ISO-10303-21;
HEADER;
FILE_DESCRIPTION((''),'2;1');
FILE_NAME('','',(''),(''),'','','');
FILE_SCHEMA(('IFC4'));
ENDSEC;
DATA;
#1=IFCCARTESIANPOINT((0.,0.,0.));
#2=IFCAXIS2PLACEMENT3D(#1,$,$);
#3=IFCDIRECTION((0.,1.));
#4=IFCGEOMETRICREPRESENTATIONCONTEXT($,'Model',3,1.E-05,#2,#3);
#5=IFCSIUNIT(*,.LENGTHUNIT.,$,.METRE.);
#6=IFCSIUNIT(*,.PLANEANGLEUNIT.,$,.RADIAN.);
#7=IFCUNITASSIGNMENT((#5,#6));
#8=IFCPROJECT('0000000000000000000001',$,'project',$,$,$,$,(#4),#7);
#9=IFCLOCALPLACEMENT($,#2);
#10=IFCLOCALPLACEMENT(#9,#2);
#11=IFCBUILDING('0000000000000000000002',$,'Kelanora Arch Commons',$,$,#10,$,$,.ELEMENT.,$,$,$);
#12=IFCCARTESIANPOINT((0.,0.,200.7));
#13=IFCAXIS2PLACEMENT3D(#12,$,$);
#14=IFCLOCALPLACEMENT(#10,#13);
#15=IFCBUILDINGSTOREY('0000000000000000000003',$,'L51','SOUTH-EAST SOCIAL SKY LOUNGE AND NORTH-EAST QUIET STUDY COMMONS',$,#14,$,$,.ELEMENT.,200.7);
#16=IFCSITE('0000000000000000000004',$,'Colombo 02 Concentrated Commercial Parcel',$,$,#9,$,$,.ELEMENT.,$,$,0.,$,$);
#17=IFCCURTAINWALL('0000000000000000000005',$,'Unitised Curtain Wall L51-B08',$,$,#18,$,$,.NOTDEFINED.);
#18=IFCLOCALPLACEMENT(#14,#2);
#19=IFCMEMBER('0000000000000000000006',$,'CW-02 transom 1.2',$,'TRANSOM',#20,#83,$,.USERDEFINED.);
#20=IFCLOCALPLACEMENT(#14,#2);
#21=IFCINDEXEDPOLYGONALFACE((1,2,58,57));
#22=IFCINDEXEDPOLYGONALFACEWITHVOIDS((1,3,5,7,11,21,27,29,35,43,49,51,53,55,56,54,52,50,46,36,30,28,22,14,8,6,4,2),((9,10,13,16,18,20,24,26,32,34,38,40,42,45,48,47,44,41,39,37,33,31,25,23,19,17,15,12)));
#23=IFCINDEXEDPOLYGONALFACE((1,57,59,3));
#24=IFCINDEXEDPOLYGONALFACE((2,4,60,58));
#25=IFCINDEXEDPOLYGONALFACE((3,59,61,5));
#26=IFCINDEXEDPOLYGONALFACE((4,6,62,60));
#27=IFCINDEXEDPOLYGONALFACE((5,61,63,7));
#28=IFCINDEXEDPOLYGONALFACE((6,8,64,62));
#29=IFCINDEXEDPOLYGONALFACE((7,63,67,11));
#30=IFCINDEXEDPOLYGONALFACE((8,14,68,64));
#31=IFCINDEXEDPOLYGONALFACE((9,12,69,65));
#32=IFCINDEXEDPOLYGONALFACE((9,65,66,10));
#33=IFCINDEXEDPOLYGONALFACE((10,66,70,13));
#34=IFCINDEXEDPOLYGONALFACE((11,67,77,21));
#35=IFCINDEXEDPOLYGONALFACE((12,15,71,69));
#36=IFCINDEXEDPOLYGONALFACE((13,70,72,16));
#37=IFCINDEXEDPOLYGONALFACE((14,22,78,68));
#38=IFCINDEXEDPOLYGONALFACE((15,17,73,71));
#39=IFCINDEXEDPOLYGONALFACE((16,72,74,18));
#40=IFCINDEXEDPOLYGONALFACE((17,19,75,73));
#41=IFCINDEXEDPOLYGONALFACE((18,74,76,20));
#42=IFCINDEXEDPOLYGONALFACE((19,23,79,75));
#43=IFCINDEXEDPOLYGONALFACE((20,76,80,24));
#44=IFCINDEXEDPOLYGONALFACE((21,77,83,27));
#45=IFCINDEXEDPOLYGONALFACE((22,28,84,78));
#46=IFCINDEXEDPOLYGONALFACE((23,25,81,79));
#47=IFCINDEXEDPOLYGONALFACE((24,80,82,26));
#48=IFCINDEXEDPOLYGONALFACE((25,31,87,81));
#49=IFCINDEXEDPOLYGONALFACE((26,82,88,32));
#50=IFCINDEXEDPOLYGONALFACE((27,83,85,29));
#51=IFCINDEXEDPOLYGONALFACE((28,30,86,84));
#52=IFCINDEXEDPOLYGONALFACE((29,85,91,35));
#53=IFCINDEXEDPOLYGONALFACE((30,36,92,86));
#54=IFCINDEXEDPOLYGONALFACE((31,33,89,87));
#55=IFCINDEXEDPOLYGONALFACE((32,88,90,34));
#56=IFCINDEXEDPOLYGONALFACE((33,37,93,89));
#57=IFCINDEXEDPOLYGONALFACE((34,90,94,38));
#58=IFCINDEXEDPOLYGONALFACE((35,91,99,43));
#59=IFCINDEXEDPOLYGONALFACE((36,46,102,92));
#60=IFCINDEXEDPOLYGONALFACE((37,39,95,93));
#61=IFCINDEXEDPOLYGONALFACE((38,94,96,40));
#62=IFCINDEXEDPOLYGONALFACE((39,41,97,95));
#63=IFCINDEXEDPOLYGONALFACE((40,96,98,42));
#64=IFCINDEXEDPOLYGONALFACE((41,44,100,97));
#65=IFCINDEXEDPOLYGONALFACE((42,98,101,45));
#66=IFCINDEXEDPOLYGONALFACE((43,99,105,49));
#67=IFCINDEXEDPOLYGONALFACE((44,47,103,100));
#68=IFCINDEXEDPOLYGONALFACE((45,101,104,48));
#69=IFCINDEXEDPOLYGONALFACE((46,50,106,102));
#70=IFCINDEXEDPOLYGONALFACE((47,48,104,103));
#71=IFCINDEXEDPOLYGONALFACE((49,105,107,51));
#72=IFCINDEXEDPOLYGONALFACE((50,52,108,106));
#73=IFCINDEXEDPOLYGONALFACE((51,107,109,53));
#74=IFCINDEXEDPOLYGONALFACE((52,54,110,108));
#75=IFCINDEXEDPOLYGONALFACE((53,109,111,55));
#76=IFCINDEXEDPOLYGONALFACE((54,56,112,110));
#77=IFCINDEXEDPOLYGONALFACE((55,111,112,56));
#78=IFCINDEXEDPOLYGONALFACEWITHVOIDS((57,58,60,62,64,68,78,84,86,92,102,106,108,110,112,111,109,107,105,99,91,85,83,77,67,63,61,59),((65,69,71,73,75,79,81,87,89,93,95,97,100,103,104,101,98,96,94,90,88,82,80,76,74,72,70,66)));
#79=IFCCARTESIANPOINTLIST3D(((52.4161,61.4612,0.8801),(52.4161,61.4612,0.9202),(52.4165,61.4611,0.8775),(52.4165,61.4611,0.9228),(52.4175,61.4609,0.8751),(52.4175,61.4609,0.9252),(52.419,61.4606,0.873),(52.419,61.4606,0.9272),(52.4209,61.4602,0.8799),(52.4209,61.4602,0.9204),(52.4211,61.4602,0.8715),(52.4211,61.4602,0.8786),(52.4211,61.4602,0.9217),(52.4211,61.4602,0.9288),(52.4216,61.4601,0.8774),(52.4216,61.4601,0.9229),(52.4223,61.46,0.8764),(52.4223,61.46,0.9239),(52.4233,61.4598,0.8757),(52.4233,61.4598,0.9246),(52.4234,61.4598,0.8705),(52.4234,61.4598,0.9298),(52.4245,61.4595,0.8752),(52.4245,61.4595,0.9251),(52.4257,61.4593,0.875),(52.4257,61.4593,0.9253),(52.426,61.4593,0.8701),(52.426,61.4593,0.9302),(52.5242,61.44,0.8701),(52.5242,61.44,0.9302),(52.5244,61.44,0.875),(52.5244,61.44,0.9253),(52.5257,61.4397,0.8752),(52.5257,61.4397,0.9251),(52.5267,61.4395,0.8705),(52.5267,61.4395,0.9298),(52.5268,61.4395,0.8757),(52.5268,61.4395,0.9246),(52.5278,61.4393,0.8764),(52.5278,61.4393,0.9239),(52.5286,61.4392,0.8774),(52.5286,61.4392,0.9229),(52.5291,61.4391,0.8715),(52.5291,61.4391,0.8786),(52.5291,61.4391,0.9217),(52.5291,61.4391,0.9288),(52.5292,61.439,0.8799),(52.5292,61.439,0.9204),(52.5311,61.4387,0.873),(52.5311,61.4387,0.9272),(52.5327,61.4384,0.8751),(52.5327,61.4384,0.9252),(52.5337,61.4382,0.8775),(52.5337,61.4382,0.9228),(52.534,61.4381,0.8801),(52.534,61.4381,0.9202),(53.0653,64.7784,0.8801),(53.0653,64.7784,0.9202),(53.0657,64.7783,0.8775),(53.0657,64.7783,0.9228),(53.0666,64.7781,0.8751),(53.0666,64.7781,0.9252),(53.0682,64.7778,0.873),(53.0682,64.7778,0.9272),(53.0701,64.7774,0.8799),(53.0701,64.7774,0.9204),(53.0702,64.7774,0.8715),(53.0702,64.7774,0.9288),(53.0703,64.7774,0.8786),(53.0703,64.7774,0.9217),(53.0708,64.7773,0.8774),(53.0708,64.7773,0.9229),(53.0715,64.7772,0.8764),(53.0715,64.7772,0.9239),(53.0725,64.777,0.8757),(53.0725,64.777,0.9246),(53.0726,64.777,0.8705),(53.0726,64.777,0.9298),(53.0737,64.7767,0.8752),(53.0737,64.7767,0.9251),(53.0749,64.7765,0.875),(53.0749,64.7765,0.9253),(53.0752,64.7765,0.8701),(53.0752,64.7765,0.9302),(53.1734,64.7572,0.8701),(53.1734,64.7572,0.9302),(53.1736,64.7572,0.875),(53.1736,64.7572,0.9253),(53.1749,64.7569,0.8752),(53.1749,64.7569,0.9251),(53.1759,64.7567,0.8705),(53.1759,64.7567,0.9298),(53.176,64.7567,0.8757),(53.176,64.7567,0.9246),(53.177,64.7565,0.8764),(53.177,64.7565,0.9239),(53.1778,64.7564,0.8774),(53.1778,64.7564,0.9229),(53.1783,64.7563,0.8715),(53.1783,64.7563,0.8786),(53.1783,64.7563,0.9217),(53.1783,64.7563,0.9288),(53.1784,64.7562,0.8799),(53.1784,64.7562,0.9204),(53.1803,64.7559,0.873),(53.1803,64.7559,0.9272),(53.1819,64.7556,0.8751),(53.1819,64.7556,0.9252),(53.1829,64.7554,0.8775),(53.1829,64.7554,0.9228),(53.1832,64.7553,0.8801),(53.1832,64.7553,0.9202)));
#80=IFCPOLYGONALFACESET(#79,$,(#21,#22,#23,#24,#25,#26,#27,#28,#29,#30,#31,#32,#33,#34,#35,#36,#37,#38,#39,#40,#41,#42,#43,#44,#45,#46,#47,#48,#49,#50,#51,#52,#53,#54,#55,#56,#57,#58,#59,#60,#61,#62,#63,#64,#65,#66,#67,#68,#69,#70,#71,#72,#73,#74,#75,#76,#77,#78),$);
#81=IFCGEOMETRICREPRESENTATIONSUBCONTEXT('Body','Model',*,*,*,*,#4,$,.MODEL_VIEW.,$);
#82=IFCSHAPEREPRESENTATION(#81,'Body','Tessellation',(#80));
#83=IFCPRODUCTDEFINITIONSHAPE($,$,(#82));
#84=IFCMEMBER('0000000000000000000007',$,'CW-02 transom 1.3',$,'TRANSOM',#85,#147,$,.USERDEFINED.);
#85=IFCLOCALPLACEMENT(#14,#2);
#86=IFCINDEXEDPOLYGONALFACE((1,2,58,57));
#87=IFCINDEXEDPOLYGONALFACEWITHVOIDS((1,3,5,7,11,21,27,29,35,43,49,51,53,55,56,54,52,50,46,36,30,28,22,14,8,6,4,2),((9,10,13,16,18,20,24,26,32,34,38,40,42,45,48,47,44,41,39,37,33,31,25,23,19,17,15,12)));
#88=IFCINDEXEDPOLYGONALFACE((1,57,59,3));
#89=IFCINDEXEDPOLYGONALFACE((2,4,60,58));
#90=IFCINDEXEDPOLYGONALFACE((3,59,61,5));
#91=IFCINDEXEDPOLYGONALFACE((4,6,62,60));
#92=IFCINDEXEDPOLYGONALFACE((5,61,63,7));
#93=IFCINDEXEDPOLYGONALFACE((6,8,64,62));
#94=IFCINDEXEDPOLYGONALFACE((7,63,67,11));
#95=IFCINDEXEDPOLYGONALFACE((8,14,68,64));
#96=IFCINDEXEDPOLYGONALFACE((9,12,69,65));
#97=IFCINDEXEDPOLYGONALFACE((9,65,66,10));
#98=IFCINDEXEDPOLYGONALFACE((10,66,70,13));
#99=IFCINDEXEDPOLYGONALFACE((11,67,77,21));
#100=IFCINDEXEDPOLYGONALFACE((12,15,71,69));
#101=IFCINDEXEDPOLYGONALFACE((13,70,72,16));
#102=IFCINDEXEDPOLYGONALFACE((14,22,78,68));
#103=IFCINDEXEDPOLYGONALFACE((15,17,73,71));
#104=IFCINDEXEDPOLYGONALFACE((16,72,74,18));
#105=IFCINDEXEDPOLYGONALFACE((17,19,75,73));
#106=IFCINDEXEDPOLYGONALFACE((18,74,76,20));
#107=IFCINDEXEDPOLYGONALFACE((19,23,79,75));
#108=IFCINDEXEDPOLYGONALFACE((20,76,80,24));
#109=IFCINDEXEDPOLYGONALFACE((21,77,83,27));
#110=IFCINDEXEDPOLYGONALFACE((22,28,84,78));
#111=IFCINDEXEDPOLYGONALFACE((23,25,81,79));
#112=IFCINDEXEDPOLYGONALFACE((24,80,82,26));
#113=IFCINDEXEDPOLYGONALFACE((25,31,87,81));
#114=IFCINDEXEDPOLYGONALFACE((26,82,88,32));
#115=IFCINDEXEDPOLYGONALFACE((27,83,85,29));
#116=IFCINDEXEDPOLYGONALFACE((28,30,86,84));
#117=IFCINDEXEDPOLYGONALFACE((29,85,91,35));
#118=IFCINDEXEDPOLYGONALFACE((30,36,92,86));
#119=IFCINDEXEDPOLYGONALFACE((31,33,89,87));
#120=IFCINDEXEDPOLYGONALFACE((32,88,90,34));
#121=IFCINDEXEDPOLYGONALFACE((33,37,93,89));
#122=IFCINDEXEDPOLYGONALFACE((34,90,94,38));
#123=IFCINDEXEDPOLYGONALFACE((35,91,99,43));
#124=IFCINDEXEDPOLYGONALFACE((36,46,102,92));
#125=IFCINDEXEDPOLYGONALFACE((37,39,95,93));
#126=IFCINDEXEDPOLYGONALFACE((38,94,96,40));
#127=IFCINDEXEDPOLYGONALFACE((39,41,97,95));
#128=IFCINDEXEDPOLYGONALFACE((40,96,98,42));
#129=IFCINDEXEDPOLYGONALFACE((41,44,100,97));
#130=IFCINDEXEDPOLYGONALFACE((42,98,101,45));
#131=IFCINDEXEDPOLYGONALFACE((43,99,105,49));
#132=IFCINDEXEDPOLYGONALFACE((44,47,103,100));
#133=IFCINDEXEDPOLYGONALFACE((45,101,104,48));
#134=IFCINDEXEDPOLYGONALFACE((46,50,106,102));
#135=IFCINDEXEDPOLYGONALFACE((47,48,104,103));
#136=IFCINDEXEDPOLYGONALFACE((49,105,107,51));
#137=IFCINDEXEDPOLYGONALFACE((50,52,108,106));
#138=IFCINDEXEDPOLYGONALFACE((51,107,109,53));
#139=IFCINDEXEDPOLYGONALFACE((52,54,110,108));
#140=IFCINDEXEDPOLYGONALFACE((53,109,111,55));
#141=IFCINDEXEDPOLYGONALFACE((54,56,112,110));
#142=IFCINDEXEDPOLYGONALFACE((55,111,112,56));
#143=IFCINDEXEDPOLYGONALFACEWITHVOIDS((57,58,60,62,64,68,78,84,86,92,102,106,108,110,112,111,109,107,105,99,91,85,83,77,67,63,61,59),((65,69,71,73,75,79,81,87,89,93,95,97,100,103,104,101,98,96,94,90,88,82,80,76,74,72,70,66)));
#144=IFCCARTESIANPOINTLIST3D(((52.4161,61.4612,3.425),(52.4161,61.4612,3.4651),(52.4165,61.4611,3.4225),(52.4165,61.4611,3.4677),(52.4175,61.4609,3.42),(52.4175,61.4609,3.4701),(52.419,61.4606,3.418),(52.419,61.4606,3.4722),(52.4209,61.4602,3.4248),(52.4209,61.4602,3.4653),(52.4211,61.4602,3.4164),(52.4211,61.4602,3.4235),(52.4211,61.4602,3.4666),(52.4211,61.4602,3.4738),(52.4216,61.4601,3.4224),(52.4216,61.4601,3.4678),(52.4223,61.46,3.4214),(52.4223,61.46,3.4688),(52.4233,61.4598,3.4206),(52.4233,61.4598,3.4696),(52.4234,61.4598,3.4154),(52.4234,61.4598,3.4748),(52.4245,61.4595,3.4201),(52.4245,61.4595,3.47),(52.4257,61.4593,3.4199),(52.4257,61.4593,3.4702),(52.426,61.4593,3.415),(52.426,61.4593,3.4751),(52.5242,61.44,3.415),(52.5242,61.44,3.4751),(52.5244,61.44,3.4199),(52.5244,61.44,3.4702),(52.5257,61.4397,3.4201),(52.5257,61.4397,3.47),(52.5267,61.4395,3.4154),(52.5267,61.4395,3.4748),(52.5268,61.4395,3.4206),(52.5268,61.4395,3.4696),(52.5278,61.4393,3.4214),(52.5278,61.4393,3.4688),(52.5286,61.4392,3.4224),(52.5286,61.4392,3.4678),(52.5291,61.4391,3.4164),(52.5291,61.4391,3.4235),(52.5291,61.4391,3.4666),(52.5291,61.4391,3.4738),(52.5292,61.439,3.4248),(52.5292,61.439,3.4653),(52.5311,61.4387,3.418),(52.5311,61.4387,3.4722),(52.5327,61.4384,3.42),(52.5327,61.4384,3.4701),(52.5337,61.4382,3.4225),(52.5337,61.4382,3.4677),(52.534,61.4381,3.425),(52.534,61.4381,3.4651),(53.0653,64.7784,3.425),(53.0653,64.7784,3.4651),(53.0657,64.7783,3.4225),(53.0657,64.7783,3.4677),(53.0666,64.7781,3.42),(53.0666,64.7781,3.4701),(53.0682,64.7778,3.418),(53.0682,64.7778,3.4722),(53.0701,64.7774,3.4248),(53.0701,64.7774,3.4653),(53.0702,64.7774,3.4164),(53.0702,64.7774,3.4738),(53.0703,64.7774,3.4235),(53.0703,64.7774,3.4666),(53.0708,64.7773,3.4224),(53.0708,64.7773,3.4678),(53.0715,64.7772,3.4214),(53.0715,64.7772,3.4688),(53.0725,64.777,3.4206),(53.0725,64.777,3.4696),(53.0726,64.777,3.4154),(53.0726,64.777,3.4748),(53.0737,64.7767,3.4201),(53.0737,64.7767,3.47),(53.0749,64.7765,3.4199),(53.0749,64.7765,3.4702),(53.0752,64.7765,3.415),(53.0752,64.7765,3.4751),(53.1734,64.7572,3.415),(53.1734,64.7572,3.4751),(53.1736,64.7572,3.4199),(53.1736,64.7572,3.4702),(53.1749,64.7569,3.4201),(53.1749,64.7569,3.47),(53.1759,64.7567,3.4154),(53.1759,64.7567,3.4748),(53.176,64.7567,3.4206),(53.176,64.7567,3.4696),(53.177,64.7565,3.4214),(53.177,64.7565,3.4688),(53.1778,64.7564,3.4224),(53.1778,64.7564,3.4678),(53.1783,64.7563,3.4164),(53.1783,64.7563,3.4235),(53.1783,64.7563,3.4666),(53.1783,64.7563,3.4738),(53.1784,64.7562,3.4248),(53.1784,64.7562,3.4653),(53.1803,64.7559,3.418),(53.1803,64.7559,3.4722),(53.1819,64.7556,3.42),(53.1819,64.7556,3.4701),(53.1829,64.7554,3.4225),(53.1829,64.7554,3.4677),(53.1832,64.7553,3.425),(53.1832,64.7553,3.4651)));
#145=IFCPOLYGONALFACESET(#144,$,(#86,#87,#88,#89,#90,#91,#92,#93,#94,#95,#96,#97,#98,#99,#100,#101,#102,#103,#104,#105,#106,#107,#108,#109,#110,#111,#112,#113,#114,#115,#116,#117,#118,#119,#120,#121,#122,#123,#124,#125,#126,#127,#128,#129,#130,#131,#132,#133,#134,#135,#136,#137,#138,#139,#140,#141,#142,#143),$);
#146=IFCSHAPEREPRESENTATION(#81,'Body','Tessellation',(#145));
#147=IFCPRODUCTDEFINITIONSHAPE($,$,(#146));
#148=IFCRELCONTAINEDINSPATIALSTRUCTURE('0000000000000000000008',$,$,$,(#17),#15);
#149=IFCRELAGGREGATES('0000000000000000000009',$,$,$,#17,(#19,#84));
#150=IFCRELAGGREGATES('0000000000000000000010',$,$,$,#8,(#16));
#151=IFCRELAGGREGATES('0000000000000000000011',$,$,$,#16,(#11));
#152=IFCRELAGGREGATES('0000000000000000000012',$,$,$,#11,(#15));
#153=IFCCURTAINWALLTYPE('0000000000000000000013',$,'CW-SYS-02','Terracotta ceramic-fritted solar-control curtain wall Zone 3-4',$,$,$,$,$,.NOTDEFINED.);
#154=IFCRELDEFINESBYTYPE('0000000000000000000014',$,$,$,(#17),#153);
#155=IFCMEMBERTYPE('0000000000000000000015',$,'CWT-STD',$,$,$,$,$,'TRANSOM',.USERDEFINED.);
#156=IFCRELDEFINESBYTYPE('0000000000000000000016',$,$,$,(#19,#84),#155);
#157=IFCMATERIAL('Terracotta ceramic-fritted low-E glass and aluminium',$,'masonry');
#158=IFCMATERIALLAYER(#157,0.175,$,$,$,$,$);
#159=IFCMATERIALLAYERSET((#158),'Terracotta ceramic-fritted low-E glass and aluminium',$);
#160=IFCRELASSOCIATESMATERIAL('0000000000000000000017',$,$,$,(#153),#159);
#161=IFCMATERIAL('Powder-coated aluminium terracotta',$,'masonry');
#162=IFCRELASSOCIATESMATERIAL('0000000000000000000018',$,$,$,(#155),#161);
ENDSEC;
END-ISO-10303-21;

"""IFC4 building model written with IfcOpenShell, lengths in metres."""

from ifc_helpers import new_model, si_unit, direction, frame, origin, origin_2d, place, context, subcontext, project, spatial, hollow_rectangle, extrude, material, layer, layer_set, material_profile, profile_set, type_object, element, aggregate, save


model = new_model("IFC4")

# Units and contexts
model_context = context("Model", 3, precision=1e-05, world=origin(), true_north=direction((0.0, 1.0)))
body_context = subcontext(model_context, "Body", "Model", "MODEL_VIEW")
ifc_project = project(units=[si_unit("LENGTHUNIT", "METRE"), si_unit("PLANEANGLEUNIT", "RADIAN")], contexts=[model_context])

# Site, building, storey
site_placement = place(None, origin())
site = spatial("IfcSite", under=ifc_project, at=site_placement, Name="Colombo 02 Concentrated Commercial Parcel", CompositionType="ELEMENT", RefElevation=0.0)
building_placement = place(site_placement, origin())
building = spatial("IfcBuilding", under=site, at=building_placement, Name="Kelanora Arch Commons", CompositionType="ELEMENT")
storey_placement = place(building_placement, frame((0.0, 0.0, 200.7)))
storey = spatial("IfcBuildingStorey", under=building, at=storey_placement, Name="L51", Description="SOUTH-EAST SOCIAL SKY LOUNGE AND NORTH-EAST QUIET STUDY COMMONS", CompositionType="ELEMENT", Elevation=200.7)

# Curtain wall, members
ifc_material_1 = material(Name="Terracotta ceramic-fritted low-E glass and aluminium", Category="masonry")
ifc_layer_1 = layer(ifc_material_1, 0.175)
ifc_layer_set_1 = layer_set([ifc_layer_1], Name="Terracotta ceramic-fritted low-E glass and aluminium")
curtain_wall_type = type_object("IfcCurtainWallType", Name="CW-SYS-02", Description="Terracotta ceramic-fritted solar-control curtain wall Zone 3-4", PredefinedType="NOTDEFINED", material=ifc_layer_set_1)
curtain_wall_placement = place(storey_placement, origin())
curtain_wall = element("IfcCurtainWall", 1, at=curtain_wall_placement, inside=storey, type_object=curtain_wall_type, Name="Unitised Curtain Wall L51-B08", PredefinedType="NOTDEFINED")
ifc_material_2 = material(Name="Powder-coated aluminium terracotta", Category="masonry")
ifc_material_profile_1 = material_profile(ifc_material_2, hollow_rectangle(XDim=0.1201, YDim=0.0601, WallThickness=0.0049, InnerFilletRadius=0.0049, OuterFilletRadius=0.01, at=origin_2d()), Name="CWT120x60")
ifc_profile_set_1 = profile_set([ifc_material_profile_1], Name="Powder-coated aluminium terracotta")
member_type_1 = type_object("IfcMemberType", Name="CWT-STD", ElementType="TRANSOM", PredefinedType="USERDEFINED", material=ifc_profile_set_1)
member_1_placement = place(storey_placement, frame((53.1243, 64.7668, 0.9001), z_axis=(-0.192058, -0.981383, 0.0), x_axis=(0.981383, -0.192058, 0.0)))
member_1 = element("IfcMember", 2, at=member_1_placement, type_object=member_type_1, Name="CW-02 transom 1.2", ObjectType="TRANSOM", PredefinedType="USERDEFINED", context=body_context, shape_type="SweptSolid", body=[
    extrude(hollow_rectangle(XDim=0.1201, YDim=0.0601, WallThickness=0.0049, InnerFilletRadius=0.0049, OuterFilletRadius=0.01, at=origin_2d()), origin(), (0.0, 0.0, 1.0), 3.3801),
])
member_2_placement = place(storey_placement, frame((53.1243, 64.7668, 3.4451), z_axis=(-0.192058, -0.981383, 0.0), x_axis=(0.981383, -0.192058, 0.0)))
member_2 = element("IfcMember", 3, at=member_2_placement, type_object=member_type_1, Name="CW-02 transom 1.3", ObjectType="TRANSOM", PredefinedType="USERDEFINED", context=body_context, shape_type="SweptSolid", body=[
    extrude(hollow_rectangle(XDim=0.1201, YDim=0.0601, WallThickness=0.0049, InnerFilletRadius=0.0049, OuterFilletRadius=0.01, at=origin_2d()), origin(), (0.0, 0.0, 1.0), 3.3801),
])
aggregate(curtain_wall, [member_1, member_2])

save(model, "model.ifc")
